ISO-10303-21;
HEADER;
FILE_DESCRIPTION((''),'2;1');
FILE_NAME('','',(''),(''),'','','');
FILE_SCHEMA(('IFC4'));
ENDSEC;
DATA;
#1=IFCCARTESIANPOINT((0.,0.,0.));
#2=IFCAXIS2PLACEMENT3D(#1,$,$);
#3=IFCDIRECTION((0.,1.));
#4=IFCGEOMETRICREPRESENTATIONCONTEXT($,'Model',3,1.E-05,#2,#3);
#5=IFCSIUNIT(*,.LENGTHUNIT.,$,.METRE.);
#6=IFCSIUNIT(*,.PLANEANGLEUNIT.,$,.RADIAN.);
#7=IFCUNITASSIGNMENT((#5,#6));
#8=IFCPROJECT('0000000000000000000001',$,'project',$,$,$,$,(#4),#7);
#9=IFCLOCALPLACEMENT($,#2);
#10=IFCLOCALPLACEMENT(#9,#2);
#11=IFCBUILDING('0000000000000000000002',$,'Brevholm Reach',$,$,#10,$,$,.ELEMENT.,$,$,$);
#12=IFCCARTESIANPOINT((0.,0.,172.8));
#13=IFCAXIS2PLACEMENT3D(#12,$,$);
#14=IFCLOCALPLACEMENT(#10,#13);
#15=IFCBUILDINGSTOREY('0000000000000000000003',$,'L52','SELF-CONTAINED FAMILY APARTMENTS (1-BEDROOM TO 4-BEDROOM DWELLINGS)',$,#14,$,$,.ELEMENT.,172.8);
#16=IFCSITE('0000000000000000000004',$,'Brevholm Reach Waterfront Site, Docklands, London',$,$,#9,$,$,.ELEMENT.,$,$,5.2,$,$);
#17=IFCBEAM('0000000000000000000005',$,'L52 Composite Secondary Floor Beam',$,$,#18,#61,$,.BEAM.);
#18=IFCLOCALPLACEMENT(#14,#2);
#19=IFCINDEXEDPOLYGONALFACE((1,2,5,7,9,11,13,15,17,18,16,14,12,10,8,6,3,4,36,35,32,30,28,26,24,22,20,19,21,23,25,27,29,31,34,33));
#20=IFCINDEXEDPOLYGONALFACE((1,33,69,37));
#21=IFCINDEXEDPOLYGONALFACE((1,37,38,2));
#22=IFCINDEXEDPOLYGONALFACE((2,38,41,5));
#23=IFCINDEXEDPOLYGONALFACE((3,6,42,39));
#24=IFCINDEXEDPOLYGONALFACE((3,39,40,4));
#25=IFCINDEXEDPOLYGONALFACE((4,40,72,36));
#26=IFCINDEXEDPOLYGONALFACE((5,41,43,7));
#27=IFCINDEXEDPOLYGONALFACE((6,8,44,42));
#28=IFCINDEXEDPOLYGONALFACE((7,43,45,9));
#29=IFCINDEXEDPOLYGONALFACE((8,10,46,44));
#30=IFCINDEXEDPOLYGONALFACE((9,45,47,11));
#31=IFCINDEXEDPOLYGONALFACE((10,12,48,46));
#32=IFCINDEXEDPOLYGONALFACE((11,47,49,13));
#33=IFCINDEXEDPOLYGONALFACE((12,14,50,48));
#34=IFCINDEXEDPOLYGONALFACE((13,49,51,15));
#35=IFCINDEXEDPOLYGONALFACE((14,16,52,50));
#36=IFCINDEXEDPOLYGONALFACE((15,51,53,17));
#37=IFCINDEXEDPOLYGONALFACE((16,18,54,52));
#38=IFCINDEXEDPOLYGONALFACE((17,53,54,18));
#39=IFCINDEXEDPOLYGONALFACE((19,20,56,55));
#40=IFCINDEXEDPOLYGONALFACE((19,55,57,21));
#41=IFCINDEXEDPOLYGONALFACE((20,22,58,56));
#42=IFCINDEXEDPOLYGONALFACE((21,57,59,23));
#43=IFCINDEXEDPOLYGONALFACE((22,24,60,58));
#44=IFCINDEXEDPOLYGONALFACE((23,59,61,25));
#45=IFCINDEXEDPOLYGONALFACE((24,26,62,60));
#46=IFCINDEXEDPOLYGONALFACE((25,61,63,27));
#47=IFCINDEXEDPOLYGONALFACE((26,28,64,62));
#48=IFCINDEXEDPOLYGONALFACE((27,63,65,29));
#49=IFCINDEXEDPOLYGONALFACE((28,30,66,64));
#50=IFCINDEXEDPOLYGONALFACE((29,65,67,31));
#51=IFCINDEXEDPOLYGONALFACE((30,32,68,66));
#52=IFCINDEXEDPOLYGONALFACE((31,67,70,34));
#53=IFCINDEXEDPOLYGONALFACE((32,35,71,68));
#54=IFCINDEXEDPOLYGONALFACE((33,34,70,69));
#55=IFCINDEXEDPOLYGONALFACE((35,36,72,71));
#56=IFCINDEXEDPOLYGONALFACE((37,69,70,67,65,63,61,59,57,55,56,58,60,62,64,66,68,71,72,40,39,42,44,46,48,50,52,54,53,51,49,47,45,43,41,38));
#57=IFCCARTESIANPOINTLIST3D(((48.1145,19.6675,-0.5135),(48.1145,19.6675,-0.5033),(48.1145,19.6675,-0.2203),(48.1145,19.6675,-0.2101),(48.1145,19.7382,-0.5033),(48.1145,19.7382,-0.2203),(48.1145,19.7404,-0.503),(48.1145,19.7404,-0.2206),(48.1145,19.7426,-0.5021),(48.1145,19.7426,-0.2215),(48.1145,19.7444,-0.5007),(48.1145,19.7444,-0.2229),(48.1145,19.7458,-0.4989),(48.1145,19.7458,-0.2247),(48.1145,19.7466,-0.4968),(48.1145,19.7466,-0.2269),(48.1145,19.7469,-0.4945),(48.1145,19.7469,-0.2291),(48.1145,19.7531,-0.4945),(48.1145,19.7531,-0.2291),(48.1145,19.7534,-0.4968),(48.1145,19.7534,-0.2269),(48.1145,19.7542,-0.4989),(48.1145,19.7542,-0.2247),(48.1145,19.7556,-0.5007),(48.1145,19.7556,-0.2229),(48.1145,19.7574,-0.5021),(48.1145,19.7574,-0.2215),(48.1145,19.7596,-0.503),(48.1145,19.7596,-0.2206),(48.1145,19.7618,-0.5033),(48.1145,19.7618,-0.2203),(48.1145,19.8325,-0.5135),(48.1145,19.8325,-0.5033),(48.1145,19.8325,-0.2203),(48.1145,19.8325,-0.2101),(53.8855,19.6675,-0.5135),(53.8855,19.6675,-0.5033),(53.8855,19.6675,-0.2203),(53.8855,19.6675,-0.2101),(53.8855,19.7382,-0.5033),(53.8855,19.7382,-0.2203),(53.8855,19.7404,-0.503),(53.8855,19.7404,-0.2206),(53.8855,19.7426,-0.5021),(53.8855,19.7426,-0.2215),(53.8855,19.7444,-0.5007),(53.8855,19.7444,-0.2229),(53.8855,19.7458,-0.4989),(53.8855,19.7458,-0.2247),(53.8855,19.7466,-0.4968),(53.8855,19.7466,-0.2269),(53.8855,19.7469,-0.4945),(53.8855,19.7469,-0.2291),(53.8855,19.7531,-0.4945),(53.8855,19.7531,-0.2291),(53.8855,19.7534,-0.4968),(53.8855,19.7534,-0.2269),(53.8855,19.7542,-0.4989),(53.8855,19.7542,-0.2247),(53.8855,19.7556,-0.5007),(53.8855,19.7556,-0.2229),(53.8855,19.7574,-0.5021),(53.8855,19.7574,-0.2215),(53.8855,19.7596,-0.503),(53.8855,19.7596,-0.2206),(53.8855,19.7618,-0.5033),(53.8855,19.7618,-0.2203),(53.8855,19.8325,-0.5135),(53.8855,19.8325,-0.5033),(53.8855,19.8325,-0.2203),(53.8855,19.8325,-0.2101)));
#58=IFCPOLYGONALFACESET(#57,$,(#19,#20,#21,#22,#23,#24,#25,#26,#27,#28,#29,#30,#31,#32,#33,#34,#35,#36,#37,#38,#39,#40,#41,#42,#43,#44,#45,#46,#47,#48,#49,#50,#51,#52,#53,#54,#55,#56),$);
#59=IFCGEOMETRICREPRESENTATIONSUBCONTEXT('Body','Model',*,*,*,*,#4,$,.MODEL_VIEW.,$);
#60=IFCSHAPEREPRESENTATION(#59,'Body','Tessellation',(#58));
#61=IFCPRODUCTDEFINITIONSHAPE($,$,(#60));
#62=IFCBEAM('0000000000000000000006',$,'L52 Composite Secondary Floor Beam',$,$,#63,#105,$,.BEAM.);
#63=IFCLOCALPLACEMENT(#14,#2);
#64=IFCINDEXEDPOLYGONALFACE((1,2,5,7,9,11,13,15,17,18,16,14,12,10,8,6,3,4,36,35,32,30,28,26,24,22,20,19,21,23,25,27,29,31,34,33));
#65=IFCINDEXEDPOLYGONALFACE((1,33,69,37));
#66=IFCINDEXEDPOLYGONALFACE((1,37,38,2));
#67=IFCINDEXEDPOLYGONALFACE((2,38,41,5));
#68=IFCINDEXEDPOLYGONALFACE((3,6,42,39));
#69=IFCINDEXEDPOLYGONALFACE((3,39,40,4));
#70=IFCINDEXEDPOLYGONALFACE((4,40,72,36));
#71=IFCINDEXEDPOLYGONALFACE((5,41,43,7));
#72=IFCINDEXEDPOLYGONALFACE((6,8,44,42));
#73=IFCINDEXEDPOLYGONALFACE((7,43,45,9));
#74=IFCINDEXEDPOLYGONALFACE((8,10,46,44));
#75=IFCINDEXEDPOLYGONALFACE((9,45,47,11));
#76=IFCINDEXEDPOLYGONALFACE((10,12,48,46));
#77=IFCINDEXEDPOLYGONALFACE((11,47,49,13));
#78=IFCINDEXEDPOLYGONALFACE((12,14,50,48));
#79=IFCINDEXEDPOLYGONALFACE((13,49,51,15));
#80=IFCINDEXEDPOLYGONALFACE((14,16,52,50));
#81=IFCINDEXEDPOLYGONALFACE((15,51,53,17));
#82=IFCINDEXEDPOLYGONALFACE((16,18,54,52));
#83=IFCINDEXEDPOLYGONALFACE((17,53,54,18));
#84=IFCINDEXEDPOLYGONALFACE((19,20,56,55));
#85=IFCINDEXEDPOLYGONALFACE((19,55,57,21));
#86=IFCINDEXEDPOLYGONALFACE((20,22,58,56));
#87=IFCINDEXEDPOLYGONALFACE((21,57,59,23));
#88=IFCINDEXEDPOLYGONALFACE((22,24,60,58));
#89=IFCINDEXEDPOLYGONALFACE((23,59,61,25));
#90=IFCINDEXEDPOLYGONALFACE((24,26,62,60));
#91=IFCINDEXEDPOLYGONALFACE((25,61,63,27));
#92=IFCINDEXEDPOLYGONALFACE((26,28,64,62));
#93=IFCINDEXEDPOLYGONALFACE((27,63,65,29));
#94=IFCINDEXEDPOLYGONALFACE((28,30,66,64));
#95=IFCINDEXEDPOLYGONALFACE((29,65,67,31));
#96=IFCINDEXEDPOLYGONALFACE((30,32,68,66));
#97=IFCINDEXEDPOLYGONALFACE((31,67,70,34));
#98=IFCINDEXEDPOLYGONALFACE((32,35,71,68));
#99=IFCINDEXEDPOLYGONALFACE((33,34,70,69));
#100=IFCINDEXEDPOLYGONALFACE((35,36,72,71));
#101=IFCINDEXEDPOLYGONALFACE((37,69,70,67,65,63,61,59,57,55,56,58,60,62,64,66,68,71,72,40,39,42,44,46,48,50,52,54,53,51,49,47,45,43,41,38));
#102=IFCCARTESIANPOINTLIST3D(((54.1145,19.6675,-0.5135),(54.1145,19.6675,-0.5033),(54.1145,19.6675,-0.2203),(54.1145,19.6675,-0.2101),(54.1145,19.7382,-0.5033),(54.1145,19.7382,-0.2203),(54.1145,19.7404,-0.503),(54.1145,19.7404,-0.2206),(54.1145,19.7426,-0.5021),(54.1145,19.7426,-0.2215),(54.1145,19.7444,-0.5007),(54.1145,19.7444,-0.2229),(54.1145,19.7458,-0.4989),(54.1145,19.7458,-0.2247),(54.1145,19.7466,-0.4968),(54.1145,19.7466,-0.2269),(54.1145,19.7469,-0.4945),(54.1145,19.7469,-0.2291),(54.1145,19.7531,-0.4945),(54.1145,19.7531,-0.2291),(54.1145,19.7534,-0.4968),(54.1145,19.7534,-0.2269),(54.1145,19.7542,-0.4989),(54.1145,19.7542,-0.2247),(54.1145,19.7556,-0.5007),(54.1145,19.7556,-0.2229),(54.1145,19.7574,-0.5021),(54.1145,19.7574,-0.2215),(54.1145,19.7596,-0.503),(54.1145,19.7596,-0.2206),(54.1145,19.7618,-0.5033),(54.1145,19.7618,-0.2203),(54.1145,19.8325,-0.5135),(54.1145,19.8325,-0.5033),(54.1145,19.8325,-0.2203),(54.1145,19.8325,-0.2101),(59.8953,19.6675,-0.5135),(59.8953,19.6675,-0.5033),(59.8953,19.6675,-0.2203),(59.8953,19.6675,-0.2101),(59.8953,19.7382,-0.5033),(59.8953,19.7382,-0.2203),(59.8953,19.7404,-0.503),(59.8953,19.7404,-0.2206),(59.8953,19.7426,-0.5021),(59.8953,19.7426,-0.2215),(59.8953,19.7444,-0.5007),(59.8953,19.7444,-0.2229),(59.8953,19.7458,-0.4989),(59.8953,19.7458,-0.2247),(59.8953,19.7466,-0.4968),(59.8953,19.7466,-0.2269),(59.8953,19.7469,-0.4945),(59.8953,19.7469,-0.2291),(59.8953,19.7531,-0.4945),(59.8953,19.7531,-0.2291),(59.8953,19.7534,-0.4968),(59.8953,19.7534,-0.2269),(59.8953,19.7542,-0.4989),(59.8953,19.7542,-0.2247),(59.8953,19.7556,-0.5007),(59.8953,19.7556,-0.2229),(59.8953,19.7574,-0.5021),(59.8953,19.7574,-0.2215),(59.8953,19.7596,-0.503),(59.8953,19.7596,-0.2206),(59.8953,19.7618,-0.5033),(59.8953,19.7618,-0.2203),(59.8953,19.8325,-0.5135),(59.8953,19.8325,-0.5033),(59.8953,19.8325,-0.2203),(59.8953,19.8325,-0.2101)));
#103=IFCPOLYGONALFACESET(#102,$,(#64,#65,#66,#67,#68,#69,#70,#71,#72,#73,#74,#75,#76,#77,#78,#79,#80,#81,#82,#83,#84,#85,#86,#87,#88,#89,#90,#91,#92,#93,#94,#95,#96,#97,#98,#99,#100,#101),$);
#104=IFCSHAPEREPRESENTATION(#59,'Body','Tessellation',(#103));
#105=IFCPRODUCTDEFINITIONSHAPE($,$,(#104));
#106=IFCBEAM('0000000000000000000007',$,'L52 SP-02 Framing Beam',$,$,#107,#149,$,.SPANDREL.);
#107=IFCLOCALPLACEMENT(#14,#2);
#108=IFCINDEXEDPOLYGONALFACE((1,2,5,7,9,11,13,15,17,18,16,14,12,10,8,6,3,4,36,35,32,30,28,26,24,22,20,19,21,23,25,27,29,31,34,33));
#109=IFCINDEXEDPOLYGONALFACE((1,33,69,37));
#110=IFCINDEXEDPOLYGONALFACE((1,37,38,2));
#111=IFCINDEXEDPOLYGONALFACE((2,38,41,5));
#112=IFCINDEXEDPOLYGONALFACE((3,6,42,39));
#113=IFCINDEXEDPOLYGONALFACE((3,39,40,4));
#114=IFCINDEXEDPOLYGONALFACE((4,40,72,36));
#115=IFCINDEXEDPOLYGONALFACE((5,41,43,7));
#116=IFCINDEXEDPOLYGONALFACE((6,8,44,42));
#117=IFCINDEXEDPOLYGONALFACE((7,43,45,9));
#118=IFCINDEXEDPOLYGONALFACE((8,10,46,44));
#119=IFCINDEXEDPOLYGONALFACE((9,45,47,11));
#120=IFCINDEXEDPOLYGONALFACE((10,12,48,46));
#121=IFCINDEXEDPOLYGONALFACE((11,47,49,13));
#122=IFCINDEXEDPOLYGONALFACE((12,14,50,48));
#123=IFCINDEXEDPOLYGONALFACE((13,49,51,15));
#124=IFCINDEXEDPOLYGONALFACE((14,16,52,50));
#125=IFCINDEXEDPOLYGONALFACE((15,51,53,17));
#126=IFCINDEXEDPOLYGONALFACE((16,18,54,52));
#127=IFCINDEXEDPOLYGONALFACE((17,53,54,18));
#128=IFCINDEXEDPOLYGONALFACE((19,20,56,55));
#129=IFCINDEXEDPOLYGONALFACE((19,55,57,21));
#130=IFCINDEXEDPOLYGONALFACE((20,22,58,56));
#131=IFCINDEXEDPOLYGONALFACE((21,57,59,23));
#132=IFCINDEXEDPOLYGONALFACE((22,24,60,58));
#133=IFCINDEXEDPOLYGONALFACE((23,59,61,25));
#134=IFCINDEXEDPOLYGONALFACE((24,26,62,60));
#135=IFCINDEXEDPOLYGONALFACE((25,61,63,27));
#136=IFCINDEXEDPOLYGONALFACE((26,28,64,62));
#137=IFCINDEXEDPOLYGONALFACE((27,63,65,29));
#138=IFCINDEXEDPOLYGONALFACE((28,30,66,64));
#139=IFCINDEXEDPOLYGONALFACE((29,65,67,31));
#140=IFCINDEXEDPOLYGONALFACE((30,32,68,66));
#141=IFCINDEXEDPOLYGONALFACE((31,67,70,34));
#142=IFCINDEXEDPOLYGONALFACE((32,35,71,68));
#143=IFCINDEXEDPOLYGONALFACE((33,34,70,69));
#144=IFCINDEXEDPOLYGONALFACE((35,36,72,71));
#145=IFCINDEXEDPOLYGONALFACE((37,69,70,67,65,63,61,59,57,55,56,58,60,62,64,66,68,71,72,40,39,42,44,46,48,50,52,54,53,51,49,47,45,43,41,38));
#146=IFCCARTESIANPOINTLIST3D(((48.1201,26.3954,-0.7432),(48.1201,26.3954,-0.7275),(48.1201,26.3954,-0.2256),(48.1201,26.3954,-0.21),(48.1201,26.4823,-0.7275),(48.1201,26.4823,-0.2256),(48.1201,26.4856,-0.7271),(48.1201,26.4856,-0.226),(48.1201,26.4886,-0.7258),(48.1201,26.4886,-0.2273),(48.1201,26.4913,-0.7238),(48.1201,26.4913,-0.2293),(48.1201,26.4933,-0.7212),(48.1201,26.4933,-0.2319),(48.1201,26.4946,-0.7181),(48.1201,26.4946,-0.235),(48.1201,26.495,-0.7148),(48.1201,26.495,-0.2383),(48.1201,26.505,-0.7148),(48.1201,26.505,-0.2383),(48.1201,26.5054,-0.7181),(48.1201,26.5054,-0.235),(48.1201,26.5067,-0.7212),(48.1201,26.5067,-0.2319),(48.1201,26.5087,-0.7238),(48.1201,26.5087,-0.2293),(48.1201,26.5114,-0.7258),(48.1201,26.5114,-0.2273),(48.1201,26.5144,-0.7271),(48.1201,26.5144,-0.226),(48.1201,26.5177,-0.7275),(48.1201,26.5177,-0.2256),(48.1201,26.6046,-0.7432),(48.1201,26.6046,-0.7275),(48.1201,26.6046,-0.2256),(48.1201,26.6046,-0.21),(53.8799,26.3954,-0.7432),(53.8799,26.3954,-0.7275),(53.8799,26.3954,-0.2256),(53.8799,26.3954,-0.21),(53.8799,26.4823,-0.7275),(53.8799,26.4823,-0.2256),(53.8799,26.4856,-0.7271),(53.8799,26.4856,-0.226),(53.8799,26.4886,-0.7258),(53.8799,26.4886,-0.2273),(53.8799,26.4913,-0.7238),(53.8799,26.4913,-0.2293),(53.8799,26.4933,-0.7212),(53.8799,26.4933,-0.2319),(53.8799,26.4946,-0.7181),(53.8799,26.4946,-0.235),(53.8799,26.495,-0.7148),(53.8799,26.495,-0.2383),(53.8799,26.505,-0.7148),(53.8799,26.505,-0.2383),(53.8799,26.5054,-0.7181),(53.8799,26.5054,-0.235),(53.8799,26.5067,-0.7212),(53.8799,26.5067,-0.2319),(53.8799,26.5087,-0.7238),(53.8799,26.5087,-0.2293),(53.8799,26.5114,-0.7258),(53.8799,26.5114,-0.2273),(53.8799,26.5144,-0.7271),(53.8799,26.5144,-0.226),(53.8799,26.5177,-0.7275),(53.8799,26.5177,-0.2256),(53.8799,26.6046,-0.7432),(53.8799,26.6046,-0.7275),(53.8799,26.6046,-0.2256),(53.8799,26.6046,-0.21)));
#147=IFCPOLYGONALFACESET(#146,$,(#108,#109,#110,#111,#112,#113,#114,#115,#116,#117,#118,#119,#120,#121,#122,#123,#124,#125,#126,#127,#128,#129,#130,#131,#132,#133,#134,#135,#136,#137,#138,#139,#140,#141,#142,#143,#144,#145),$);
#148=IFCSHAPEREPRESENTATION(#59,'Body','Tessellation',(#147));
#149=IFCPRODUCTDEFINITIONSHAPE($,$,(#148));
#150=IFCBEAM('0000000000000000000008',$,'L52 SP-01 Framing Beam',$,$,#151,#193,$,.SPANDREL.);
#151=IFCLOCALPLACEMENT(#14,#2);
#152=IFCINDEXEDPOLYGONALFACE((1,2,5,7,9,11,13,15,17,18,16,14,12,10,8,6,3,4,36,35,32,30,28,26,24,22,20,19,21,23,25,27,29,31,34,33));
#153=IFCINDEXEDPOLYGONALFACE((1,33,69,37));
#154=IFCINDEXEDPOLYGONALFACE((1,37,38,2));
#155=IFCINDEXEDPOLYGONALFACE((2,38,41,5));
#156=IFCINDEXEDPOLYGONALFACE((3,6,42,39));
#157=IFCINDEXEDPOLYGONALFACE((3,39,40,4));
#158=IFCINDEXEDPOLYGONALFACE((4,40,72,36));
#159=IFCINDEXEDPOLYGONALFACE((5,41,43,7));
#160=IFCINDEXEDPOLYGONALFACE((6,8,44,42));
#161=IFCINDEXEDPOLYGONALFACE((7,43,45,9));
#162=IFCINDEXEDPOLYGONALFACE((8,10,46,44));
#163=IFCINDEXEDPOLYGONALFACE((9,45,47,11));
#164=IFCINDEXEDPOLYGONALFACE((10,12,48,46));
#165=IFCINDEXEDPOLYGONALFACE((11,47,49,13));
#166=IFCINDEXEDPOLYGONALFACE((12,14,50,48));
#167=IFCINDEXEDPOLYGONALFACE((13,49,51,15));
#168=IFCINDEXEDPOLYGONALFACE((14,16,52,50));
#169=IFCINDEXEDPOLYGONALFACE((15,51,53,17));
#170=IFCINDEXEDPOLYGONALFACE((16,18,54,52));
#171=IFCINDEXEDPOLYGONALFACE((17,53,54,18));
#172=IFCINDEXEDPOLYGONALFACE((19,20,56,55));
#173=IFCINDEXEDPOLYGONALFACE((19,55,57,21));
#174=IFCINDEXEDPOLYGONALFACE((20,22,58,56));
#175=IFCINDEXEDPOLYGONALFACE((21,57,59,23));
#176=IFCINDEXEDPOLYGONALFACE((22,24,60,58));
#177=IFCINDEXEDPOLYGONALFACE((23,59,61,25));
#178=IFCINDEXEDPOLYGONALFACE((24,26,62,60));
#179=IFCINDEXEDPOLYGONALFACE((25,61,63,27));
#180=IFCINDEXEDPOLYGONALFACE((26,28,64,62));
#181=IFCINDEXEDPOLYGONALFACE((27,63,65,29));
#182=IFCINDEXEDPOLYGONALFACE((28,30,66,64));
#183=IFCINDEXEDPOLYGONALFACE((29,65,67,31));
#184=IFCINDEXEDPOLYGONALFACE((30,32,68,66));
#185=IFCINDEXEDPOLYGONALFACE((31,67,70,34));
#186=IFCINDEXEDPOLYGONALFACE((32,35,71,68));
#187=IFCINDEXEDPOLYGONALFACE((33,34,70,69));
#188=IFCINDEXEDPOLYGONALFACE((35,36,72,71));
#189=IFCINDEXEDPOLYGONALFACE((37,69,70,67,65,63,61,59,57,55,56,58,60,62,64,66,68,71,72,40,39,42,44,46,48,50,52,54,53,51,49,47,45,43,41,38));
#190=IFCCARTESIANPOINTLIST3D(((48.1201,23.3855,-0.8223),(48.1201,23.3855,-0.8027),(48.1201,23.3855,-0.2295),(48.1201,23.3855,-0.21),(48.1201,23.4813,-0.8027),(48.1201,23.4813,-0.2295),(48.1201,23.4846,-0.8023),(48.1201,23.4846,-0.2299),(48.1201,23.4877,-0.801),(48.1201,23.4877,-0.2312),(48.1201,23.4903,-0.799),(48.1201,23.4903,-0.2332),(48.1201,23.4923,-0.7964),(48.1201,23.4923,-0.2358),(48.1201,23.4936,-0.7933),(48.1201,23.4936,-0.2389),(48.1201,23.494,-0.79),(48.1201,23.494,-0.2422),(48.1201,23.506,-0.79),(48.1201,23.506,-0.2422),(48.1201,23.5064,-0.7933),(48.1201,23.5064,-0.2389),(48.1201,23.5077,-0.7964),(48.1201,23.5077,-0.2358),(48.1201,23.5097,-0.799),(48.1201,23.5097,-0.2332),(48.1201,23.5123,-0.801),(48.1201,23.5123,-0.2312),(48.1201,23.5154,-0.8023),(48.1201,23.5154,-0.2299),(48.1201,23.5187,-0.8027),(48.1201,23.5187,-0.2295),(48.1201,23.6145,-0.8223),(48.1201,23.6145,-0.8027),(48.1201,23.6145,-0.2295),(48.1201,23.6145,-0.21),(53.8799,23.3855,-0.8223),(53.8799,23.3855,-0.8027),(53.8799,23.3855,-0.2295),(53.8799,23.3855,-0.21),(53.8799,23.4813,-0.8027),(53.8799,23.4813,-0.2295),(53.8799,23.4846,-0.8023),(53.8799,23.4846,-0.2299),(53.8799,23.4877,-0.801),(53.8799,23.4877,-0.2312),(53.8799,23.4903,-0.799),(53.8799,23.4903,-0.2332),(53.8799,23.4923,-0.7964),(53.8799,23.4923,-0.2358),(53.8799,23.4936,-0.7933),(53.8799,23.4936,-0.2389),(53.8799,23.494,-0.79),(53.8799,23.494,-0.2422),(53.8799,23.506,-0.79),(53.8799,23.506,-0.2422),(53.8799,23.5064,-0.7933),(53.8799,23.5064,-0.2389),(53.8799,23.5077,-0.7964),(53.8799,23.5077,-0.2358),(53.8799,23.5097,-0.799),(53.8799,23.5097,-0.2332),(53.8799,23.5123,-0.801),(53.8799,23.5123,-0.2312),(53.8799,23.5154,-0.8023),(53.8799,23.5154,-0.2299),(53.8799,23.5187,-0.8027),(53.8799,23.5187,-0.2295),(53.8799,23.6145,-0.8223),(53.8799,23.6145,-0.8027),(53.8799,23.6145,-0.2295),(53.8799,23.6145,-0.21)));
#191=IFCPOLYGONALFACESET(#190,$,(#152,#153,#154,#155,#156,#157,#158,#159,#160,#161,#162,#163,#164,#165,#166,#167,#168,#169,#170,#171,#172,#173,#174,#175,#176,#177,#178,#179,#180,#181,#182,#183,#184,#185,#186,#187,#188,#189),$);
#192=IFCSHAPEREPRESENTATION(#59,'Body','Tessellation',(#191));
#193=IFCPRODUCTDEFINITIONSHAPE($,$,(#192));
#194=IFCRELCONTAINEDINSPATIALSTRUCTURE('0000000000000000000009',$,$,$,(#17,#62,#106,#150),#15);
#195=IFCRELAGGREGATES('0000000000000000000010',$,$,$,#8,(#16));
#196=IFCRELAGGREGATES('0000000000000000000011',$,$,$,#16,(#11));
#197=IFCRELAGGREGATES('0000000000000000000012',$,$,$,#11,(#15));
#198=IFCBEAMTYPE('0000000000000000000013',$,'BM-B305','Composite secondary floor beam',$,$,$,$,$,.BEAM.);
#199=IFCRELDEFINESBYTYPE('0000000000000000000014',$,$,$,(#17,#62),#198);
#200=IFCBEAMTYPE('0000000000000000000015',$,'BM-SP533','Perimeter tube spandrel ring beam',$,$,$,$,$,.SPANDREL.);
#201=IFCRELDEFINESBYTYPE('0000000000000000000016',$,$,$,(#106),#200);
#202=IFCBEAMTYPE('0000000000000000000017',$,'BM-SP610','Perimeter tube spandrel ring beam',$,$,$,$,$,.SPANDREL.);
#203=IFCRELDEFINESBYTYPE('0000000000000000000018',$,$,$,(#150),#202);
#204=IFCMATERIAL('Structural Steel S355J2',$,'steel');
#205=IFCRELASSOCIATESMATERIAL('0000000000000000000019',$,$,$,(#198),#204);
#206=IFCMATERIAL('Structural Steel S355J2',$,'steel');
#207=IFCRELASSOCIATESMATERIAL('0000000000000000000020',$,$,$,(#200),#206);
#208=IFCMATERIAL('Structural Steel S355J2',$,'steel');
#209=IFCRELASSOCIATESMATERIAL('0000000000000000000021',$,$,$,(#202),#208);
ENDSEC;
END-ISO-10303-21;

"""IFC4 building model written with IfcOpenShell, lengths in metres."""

from ifc_helpers import new_model, si_unit, direction, frame, origin, origin_2d, place, context, subcontext, project, spatial, i_section, extrude, material, material_profile, profile_set, type_object, element, save


model = new_model("IFC4")

# Units and contexts
model_context = context("Model", 3, precision=1e-05, world=origin(), true_north=direction((0.0, 1.0)))
body_context = subcontext(model_context, "Body", "Model", "MODEL_VIEW")
ifc_project = project(units=[si_unit("LENGTHUNIT", "METRE"), si_unit("PLANEANGLEUNIT", "RADIAN")], contexts=[model_context])

# Site, building, storey
site_placement = place(None, origin())
site = spatial("IfcSite", under=ifc_project, at=site_placement, Name="Brevholm Reach Waterfront Site, Docklands, London", CompositionType="ELEMENT", RefElevation=5.2)
building_placement = place(site_placement, origin())
building = spatial("IfcBuilding", under=site, at=building_placement, Name="Brevholm Reach", CompositionType="ELEMENT")
storey_placement = place(building_placement, frame((0.0, 0.0, 172.8)))
storey = spatial("IfcBuildingStorey", under=building, at=storey_placement, Name="L52", Description="SELF-CONTAINED FAMILY APARTMENTS (1-BEDROOM TO 4-BEDROOM DWELLINGS)", CompositionType="ELEMENT", Elevation=172.8)

# Beams
ifc_material_1 = material(Name="Structural Steel S355J2", Category="steel")
ifc_material_profile_1 = material_profile(ifc_material_1, i_section(OverallWidth=0.165, OverallDepth=0.3035, WebThickness=0.0061, FlangeThickness=0.0103, FilletRadius=0.0088, at=origin_2d()), Name="UKB 305x165x40")
ifc_profile_set_1 = profile_set([ifc_material_profile_1], Name="Structural Steel S355J2")
beam_type_1 = type_object("IfcBeamType", Name="BM-B305", Description="Composite secondary floor beam", PredefinedType="BEAM", material=ifc_profile_set_1)
beam_1_placement = place(storey_placement, frame((48.1145, 19.75, -0.3618), z_axis=(1.0, 0.0, 0.0), x_axis=(0.0, 1.0, 0.0)))
element("IfcBeam", 1, at=beam_1_placement, inside=storey, type_object=beam_type_1, Name="L52 Composite Secondary Floor Beam", PredefinedType="BEAM", context=body_context, shape_type="SweptSolid", body=[
    extrude(i_section(OverallWidth=0.165, OverallDepth=0.3035, WebThickness=0.0061, FlangeThickness=0.0103, FilletRadius=0.0088, at=origin_2d()), origin(), (0.0, 0.0, 1.0), 5.771),
])
beam_2_placement = place(storey_placement, frame((54.1145, 19.75, -0.3618), z_axis=(1.0, 0.0, 0.0), x_axis=(0.0, 1.0, 0.0)))
element("IfcBeam", 2, at=beam_2_placement, inside=storey, type_object=beam_type_1, Name="L52 Composite Secondary Floor Beam", PredefinedType="BEAM", context=body_context, shape_type="SweptSolid", body=[
    extrude(i_section(OverallWidth=0.165, OverallDepth=0.3035, WebThickness=0.0061, FlangeThickness=0.0103, FilletRadius=0.0088, at=origin_2d()), origin(), (0.0, 0.0, 1.0), 5.7808),
])
ifc_material_2 = material(Name="Structural Steel S355J2", Category="steel")
ifc_material_profile_2 = material_profile(ifc_material_2, i_section(OverallWidth=0.2092, OverallDepth=0.5332, WebThickness=0.01, FlangeThickness=0.0156, FilletRadius=0.0127, at=origin_2d()), Name="UKB 533x210x92")
ifc_profile_set_2 = profile_set([ifc_material_profile_2], Name="Structural Steel S355J2")
beam_type_2 = type_object("IfcBeamType", Name="BM-SP533", Description="Perimeter tube spandrel ring beam", PredefinedType="SPANDREL", material=ifc_profile_set_2)
beam_3_placement = place(storey_placement, frame((48.1201, 26.5, -0.4766), z_axis=(1.0, 0.0, 0.0), x_axis=(0.0, 1.0, 0.0)))
element("IfcBeam", 3, at=beam_3_placement, inside=storey, type_object=beam_type_2, Name="L52 SP-02 Framing Beam", PredefinedType="SPANDREL", context=body_context, shape_type="SweptSolid", body=[
    extrude(i_section(OverallWidth=0.2092, OverallDepth=0.5332, WebThickness=0.01, FlangeThickness=0.0156, FilletRadius=0.0127, at=origin_2d()), origin(), (0.0, 0.0, 1.0), 5.7598),
])
ifc_material_3 = material(Name="Structural Steel S355J2", Category="steel")
ifc_material_profile_3 = material_profile(ifc_material_3, i_section(OverallWidth=0.229, OverallDepth=0.6123, WebThickness=0.012, FlangeThickness=0.0195, FilletRadius=0.0127, at=origin_2d()), Name="UKB 610x229x125")
ifc_profile_set_3 = profile_set([ifc_material_profile_3], Name="Structural Steel S355J2")
beam_type_3 = type_object("IfcBeamType", Name="BM-SP610", Description="Perimeter tube spandrel ring beam", PredefinedType="SPANDREL", material=ifc_profile_set_3)
for number, where, z_axis, x_axis, name in (
    (4, (48.1201, 23.5, -0.5161), (1.0, 0.0, 0.0), (0.0, 1.0, 0.0), "L52 SP-01 Framing Beam"),
):
    element("IfcBeam", number, at=place(storey_placement, frame(where, z_axis=z_axis, x_axis=x_axis)), inside=storey, type_object=beam_type_3, Name=name, PredefinedType="SPANDREL", context=body_context, shape_type="SweptSolid", body=[
        extrude(i_section(OverallWidth=0.229, OverallDepth=0.6123, WebThickness=0.012, FlangeThickness=0.0195, FilletRadius=0.0127, at=origin_2d()), origin(), (0.0, 0.0, 1.0), 5.7598),
    ])

save(model, "model.ifc")
